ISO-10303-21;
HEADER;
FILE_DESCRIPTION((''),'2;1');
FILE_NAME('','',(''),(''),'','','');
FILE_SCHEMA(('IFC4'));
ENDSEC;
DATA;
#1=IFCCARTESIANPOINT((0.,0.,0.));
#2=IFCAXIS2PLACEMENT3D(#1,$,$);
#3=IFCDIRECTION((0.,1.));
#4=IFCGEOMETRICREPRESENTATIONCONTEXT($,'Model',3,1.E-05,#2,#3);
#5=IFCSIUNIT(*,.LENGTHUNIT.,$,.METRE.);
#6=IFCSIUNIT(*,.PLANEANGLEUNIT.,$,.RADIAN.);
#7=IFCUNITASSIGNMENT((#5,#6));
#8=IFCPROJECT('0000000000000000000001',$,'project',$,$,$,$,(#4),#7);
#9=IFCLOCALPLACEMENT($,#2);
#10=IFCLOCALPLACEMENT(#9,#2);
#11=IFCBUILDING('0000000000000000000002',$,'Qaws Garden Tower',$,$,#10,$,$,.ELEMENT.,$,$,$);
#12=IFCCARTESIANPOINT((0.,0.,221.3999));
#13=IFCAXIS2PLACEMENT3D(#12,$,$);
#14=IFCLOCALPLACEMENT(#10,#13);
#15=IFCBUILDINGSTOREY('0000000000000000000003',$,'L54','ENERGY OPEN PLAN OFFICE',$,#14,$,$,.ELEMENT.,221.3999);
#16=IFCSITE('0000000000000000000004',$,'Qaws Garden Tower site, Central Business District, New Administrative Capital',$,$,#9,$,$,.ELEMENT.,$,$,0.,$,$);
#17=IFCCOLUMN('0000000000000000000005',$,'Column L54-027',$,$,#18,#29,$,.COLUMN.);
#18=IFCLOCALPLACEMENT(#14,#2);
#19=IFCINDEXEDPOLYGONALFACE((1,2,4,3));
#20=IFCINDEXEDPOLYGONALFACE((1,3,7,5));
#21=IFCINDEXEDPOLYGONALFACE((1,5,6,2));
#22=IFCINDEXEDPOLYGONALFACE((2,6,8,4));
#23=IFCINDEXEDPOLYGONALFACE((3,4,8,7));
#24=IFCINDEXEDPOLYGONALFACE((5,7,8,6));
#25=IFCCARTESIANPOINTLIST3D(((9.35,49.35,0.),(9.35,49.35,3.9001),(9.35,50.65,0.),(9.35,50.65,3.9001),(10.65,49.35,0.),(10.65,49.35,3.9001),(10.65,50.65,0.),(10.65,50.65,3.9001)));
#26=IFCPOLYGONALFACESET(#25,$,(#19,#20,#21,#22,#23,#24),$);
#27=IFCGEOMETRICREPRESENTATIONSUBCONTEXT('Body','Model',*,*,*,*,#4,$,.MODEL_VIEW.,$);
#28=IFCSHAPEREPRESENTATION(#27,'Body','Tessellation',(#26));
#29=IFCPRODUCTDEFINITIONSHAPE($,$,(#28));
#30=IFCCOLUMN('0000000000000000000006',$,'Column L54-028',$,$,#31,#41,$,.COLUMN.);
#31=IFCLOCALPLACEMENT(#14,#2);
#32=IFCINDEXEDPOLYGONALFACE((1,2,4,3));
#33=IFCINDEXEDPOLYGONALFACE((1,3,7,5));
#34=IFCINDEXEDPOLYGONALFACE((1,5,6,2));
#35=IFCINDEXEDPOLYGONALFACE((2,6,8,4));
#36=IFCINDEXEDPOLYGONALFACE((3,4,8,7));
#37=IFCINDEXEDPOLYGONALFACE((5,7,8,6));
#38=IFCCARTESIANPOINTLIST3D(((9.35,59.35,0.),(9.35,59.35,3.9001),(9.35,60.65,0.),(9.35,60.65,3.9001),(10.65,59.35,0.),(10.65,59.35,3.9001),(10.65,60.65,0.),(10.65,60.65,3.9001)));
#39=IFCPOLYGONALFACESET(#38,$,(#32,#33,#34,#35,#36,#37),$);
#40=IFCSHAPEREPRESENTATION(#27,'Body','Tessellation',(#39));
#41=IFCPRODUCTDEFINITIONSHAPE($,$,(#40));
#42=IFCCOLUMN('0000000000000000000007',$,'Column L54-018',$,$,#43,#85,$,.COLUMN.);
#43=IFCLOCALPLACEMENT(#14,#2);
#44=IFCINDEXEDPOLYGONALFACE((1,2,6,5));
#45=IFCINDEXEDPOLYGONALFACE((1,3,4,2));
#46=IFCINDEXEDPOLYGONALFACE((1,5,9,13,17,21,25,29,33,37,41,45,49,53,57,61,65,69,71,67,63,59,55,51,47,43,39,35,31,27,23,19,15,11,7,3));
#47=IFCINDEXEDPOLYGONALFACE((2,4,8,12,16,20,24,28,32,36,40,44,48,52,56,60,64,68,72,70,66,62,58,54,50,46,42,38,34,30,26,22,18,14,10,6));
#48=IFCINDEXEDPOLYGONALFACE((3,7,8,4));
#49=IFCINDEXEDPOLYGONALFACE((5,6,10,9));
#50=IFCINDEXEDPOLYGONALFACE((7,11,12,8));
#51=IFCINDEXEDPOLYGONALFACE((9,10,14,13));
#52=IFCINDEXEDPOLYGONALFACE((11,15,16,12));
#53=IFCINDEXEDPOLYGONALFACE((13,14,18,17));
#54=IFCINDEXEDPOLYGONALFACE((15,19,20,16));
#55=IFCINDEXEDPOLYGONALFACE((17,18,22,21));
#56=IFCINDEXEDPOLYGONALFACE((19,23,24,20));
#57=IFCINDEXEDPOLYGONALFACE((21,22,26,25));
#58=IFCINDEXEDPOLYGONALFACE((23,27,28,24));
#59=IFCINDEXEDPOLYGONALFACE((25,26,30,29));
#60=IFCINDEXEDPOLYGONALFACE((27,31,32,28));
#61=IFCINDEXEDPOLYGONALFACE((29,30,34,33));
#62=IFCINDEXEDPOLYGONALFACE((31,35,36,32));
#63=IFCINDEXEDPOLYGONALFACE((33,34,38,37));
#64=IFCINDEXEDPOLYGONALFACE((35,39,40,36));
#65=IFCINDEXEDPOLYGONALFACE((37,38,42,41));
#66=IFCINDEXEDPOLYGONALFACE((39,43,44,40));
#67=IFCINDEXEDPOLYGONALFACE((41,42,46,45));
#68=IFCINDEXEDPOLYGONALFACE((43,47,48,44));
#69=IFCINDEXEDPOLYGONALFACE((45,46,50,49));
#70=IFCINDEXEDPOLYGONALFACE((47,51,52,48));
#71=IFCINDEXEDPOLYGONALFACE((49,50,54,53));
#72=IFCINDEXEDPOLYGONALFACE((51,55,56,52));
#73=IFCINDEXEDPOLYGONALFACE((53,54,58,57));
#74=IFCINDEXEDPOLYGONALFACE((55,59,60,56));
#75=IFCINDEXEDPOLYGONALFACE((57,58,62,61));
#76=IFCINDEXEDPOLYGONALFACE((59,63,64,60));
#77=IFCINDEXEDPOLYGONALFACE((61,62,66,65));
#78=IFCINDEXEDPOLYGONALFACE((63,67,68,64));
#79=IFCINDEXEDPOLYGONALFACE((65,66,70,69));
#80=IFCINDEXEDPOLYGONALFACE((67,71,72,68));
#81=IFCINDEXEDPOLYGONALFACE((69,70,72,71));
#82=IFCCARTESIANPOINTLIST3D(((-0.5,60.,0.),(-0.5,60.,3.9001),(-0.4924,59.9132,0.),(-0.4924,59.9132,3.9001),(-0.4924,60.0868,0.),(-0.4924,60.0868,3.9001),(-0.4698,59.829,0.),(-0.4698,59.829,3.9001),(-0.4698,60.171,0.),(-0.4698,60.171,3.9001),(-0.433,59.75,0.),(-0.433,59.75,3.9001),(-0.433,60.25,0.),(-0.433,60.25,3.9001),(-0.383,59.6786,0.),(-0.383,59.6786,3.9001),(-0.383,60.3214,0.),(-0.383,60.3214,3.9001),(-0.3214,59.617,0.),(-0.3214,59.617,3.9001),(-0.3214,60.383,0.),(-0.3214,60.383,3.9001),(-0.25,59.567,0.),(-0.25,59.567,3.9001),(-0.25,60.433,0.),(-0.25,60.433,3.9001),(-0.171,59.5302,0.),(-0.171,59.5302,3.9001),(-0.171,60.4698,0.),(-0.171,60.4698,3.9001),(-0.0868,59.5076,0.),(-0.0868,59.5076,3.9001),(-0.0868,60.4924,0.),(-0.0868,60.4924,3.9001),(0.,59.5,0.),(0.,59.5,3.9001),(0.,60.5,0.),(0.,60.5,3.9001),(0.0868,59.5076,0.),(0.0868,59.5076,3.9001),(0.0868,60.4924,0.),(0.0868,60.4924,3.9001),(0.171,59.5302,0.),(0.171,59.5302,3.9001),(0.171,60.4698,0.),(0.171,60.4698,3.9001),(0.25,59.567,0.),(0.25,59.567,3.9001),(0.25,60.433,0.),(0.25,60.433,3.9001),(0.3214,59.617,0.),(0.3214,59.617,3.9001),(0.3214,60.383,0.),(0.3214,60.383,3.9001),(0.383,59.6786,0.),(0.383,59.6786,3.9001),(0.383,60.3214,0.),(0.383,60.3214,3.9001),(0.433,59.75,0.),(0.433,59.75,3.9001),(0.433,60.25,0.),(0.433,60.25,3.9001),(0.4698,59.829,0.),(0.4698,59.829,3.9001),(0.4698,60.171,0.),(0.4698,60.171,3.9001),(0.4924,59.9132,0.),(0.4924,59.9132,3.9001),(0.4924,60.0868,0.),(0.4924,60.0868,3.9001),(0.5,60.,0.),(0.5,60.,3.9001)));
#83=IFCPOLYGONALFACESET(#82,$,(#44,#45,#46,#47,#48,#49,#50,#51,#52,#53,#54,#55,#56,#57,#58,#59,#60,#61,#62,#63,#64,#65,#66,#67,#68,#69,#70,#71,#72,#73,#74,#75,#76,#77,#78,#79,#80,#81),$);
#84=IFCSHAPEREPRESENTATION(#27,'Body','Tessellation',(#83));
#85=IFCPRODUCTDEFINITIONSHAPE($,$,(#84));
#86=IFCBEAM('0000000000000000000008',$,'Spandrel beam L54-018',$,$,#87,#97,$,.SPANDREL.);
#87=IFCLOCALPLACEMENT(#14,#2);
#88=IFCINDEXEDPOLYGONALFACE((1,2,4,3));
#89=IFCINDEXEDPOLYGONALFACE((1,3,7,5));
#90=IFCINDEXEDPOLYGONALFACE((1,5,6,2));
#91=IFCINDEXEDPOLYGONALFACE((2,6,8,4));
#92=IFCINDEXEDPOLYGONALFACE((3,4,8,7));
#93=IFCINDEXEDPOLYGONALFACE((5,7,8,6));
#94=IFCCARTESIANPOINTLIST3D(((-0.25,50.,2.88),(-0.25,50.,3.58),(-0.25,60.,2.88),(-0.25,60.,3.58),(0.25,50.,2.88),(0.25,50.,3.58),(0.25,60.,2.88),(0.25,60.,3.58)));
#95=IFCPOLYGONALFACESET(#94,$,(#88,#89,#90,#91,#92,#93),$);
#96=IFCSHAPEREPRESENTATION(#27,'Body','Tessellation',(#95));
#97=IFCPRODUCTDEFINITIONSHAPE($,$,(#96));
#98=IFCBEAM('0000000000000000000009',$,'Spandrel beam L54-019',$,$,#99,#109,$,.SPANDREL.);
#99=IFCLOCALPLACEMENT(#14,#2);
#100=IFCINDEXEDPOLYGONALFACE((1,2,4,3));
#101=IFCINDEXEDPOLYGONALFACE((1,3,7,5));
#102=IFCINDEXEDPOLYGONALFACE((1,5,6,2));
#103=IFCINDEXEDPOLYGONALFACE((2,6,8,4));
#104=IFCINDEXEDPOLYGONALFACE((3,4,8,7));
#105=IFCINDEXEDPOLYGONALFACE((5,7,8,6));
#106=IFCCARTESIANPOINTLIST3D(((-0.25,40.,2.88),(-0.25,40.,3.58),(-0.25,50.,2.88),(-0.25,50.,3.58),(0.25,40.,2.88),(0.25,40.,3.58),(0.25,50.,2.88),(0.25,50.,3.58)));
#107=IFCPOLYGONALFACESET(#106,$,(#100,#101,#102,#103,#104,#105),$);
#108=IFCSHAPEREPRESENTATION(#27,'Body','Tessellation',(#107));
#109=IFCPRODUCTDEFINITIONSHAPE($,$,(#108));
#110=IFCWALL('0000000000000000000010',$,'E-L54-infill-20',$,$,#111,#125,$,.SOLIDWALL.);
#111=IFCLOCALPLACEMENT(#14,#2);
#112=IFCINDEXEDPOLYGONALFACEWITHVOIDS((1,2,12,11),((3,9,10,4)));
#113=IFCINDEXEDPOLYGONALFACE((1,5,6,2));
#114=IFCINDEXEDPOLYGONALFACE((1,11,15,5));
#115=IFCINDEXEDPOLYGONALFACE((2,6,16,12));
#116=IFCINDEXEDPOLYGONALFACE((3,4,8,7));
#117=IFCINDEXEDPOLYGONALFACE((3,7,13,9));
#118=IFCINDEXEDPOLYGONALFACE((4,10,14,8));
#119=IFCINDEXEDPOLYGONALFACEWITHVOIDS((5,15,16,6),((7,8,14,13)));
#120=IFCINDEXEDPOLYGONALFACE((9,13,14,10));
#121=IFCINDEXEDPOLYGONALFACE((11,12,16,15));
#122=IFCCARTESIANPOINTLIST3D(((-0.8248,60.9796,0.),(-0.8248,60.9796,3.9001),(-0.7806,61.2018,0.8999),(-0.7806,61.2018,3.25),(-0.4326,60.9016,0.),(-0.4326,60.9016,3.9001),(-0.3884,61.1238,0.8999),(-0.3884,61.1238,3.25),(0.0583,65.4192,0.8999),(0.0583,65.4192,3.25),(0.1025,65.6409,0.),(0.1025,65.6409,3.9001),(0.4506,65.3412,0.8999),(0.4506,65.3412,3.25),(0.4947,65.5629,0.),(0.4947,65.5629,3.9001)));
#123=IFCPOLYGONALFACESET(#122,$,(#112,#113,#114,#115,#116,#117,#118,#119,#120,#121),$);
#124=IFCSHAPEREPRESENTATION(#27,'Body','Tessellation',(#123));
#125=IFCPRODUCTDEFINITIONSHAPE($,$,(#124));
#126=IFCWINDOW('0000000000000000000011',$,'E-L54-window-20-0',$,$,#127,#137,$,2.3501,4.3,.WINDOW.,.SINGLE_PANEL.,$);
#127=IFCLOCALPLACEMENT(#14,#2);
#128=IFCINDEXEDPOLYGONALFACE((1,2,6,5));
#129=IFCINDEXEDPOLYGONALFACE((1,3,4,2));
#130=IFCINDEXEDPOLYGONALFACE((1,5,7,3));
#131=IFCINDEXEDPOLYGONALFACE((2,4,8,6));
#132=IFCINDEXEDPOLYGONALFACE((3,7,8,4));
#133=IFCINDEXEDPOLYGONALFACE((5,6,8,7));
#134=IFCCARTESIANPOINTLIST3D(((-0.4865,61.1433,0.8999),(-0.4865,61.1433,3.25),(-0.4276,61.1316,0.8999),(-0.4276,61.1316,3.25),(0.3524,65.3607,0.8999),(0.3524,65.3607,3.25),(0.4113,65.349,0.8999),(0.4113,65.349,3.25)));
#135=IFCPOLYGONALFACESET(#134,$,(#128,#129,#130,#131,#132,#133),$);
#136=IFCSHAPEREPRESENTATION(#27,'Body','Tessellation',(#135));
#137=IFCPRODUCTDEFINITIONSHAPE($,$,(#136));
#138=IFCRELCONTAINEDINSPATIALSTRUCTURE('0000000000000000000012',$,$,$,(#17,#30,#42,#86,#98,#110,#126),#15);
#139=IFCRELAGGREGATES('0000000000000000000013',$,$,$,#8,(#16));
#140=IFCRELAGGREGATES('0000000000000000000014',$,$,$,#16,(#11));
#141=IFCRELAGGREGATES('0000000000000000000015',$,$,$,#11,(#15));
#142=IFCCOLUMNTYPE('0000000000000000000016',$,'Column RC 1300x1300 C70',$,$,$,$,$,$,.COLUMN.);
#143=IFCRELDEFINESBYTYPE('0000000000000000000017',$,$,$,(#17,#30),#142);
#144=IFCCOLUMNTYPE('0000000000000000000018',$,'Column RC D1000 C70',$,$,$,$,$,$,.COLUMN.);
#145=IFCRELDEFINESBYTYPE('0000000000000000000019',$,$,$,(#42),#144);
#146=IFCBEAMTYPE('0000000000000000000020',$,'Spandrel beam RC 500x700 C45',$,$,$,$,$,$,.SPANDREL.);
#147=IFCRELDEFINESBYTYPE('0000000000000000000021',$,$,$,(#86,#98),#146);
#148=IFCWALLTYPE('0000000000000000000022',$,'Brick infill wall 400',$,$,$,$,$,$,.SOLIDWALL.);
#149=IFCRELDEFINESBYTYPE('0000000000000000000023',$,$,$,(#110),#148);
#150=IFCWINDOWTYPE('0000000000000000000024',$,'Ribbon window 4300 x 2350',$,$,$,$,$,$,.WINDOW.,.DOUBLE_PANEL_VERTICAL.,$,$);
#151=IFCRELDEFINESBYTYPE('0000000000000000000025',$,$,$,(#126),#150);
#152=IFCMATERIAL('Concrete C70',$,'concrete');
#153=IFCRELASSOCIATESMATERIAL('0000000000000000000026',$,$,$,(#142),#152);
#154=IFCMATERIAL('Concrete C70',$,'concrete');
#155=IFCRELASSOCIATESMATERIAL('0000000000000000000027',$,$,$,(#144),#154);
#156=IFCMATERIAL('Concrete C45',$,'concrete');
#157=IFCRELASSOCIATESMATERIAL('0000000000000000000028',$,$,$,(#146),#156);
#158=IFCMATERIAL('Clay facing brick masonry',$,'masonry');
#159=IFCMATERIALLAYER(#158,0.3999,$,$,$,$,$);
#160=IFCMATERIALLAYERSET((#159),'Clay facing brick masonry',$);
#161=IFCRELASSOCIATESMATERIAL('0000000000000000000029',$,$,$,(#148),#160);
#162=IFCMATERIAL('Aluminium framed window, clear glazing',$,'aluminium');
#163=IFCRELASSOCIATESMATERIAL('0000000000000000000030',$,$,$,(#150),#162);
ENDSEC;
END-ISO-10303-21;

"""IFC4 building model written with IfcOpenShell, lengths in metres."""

from ifc_helpers import new_model, si_unit, direction, frame, frame_2d, origin, origin_2d, place, context, subcontext, project, spatial, rectangle, circle, extrude, material, layer, layer_set, material_profile, profile_set, type_object, element, fill, save


model = new_model("IFC4")

# Units and contexts
model_context = context("Model", 3, precision=1e-05, world=origin(), true_north=direction((0.0, 1.0)))
body_context = subcontext(model_context, "Body", "Model", "MODEL_VIEW")
ifc_project = project(units=[si_unit("LENGTHUNIT", "METRE"), si_unit("PLANEANGLEUNIT", "RADIAN")], contexts=[model_context])

# Site, building, storey
site_placement = place(None, origin())
site = spatial("IfcSite", under=ifc_project, at=site_placement, Name="Qaws Garden Tower site, Central Business District, New Administrative Capital", CompositionType="ELEMENT", RefElevation=0.0)
building_placement = place(site_placement, origin())
building = spatial("IfcBuilding", under=site, at=building_placement, Name="Qaws Garden Tower", CompositionType="ELEMENT")
storey_placement = place(building_placement, frame((0.0, 0.0, 221.3999)))
storey = spatial("IfcBuildingStorey", under=building, at=storey_placement, Name="L54", Description="ENERGY OPEN PLAN OFFICE", CompositionType="ELEMENT", Elevation=221.3999)

# Columns
ifc_material_1 = material(Name="Concrete C70", Category="concrete")
ifc_material_profile_1 = material_profile(ifc_material_1, rectangle(XDim=1.3, YDim=1.3, at=origin_2d()), Name="RC 1300x1300")
ifc_profile_set_1 = profile_set([ifc_material_profile_1], Name="Concrete C70")
column_type_1 = type_object("IfcColumnType", Name="Column RC 1300x1300 C70", PredefinedType="COLUMN", material=ifc_profile_set_1)
for number, where, z_axis, x_axis, name in (
    (1, (10.0, 50.0, 0.0), (0.0, 0.0, 1.0), (1.0, 0.0, 0.0), "Column L54-027"),
    (2, (10.0, 60.0, 0.0), (0.0, 0.0, 1.0), (1.0, 0.0, 0.0), "Column L54-028"),
):
    element("IfcColumn", number, at=place(storey_placement, frame(where, z_axis=z_axis, x_axis=x_axis)), inside=storey, type_object=column_type_1, Name=name, PredefinedType="COLUMN", context=body_context, shape_type="SweptSolid", body=[
        extrude(rectangle(XDim=1.3, YDim=1.3, at=origin_2d()), origin(), (0.0, 0.0, 1.0), 3.9001),
    ])
ifc_material_2 = material(Name="Concrete C70", Category="concrete")
ifc_material_profile_2 = material_profile(ifc_material_2, circle(Radius=0.5, at=origin_2d()), Name="RC D1000")
ifc_profile_set_2 = profile_set([ifc_material_profile_2], Name="Concrete C70")
column_type_2 = type_object("IfcColumnType", Name="Column RC D1000 C70", PredefinedType="COLUMN", material=ifc_profile_set_2)
column_placement = place(storey_placement, frame((0.0, 60.0, 0.0), z_axis=(0.0, 0.0, 1.0), x_axis=(1.0, 0.0, 0.0)))
element("IfcColumn", 3, at=column_placement, inside=storey, type_object=column_type_2, Name="Column L54-018", PredefinedType="COLUMN", context=body_context, shape_type="SweptSolid", body=[
    extrude(circle(Radius=0.5, at=origin_2d()), origin(), (0.0, 0.0, 1.0), 3.9001),
])

# Beams
ifc_material_3 = material(Name="Concrete C45", Category="concrete")
ifc_material_profile_3 = material_profile(ifc_material_3, rectangle(XDim=0.5, YDim=0.7, at=origin_2d()), Name="RC 500x700")
ifc_profile_set_3 = profile_set([ifc_material_profile_3], Name="Concrete C45")
beam_type = type_object("IfcBeamType", Name="Spandrel beam RC 500x700 C45", PredefinedType="SPANDREL", material=ifc_profile_set_3)
for number, where, z_axis, x_axis, name in (
    (4, (0.0, 60.0, 3.23), (0.0, -1.0, 0.0), (1.0, 0.0, 0.0), "Spandrel beam L54-018"),
    (5, (0.0, 50.0, 3.23), (0.0, -1.0, 0.0), (1.0, 0.0, 0.0), "Spandrel beam L54-019"),
):
    element("IfcBeam", number, at=place(storey_placement, frame(where, z_axis=z_axis, x_axis=x_axis)), inside=storey, type_object=beam_type, Name=name, PredefinedType="SPANDREL", context=body_context, shape_type="SweptSolid", body=[
        extrude(rectangle(XDim=0.5, YDim=0.7, at=origin_2d()), origin(), (0.0, 0.0, 1.0), 10.0),
    ])

# Wall, opening, window
ifc_material_4 = material(Name="Clay facing brick masonry", Category="masonry")
ifc_layer_1 = layer(ifc_material_4, 0.3999)
ifc_layer_set_1 = layer_set([ifc_layer_1], Name="Clay facing brick masonry")
wall_type_1 = type_object("IfcWallType", Name="Brick infill wall 400", PredefinedType="SOLIDWALL", material=ifc_layer_set_1)
wall_1_placement = place(storey_placement, frame((0.2986, 65.6021, 0.0), z_axis=(0.0, 0.0, 1.0), x_axis=(-0.195099, -0.980784, 0.0)))
wall_1 = element("IfcWall", 6, at=wall_1_placement, inside=storey, type_object=wall_type_1, Name="E-L54-infill-20", PredefinedType="SOLIDWALL", context=body_context, shape_type="SweptSolid", body=[
    extrude(rectangle(XDim=4.7527, YDim=0.3999, at=frame_2d((2.3765, 0.0))), origin(), (0.0, 0.0, 1.0), 3.9001),
])
opening_1_placement = place(wall_1_placement, frame((0.2263, 0.0, 0.8999)))
opening_1 = element("IfcOpeningElement", 7, at=opening_1_placement, cuts=wall_1, PredefinedType="OPENING", context=body_context, shape_type="SweptSolid", body=[
    extrude(rectangle(XDim=4.3, YDim=2.3501, at=frame_2d((2.1499, 1.175))), frame((0.0, 0.21, 0.0), z_axis=(0.0, -1.0, 0.0), x_axis=(1.0, 0.0, 0.0)), (0.0, 0.0, 1.0), 0.4199),
])
ifc_material_5 = material(Name="Aluminium framed window, clear glazing", Category="aluminium")
window_type_1 = type_object("IfcWindowType", Name="Ribbon window 4300 x 2350", PartitioningType="DOUBLE_PANEL_VERTICAL", PredefinedType="WINDOW", material=ifc_material_5)
window_1_placement = place(opening_1_placement, origin())
window_1 = element("IfcWindow", 8, at=window_1_placement, inside=storey, type_object=window_type_1, Name="E-L54-window-20-0", OverallHeight=2.3501, OverallWidth=4.3, PartitioningType="SINGLE_PANEL", PredefinedType="WINDOW", context=body_context, shape_type="SweptSolid", body=[
    extrude(rectangle(XDim=4.3, YDim=2.3501, at=frame_2d((2.1499, 1.175))), frame((0.0, 0.1599, 0.0), z_axis=(0.0, -1.0, 0.0), x_axis=(1.0, 0.0, 0.0)), (0.0, 0.0, 1.0), 0.0601),
])
fill(opening_1, window_1)

save(model, "model.ifc")
